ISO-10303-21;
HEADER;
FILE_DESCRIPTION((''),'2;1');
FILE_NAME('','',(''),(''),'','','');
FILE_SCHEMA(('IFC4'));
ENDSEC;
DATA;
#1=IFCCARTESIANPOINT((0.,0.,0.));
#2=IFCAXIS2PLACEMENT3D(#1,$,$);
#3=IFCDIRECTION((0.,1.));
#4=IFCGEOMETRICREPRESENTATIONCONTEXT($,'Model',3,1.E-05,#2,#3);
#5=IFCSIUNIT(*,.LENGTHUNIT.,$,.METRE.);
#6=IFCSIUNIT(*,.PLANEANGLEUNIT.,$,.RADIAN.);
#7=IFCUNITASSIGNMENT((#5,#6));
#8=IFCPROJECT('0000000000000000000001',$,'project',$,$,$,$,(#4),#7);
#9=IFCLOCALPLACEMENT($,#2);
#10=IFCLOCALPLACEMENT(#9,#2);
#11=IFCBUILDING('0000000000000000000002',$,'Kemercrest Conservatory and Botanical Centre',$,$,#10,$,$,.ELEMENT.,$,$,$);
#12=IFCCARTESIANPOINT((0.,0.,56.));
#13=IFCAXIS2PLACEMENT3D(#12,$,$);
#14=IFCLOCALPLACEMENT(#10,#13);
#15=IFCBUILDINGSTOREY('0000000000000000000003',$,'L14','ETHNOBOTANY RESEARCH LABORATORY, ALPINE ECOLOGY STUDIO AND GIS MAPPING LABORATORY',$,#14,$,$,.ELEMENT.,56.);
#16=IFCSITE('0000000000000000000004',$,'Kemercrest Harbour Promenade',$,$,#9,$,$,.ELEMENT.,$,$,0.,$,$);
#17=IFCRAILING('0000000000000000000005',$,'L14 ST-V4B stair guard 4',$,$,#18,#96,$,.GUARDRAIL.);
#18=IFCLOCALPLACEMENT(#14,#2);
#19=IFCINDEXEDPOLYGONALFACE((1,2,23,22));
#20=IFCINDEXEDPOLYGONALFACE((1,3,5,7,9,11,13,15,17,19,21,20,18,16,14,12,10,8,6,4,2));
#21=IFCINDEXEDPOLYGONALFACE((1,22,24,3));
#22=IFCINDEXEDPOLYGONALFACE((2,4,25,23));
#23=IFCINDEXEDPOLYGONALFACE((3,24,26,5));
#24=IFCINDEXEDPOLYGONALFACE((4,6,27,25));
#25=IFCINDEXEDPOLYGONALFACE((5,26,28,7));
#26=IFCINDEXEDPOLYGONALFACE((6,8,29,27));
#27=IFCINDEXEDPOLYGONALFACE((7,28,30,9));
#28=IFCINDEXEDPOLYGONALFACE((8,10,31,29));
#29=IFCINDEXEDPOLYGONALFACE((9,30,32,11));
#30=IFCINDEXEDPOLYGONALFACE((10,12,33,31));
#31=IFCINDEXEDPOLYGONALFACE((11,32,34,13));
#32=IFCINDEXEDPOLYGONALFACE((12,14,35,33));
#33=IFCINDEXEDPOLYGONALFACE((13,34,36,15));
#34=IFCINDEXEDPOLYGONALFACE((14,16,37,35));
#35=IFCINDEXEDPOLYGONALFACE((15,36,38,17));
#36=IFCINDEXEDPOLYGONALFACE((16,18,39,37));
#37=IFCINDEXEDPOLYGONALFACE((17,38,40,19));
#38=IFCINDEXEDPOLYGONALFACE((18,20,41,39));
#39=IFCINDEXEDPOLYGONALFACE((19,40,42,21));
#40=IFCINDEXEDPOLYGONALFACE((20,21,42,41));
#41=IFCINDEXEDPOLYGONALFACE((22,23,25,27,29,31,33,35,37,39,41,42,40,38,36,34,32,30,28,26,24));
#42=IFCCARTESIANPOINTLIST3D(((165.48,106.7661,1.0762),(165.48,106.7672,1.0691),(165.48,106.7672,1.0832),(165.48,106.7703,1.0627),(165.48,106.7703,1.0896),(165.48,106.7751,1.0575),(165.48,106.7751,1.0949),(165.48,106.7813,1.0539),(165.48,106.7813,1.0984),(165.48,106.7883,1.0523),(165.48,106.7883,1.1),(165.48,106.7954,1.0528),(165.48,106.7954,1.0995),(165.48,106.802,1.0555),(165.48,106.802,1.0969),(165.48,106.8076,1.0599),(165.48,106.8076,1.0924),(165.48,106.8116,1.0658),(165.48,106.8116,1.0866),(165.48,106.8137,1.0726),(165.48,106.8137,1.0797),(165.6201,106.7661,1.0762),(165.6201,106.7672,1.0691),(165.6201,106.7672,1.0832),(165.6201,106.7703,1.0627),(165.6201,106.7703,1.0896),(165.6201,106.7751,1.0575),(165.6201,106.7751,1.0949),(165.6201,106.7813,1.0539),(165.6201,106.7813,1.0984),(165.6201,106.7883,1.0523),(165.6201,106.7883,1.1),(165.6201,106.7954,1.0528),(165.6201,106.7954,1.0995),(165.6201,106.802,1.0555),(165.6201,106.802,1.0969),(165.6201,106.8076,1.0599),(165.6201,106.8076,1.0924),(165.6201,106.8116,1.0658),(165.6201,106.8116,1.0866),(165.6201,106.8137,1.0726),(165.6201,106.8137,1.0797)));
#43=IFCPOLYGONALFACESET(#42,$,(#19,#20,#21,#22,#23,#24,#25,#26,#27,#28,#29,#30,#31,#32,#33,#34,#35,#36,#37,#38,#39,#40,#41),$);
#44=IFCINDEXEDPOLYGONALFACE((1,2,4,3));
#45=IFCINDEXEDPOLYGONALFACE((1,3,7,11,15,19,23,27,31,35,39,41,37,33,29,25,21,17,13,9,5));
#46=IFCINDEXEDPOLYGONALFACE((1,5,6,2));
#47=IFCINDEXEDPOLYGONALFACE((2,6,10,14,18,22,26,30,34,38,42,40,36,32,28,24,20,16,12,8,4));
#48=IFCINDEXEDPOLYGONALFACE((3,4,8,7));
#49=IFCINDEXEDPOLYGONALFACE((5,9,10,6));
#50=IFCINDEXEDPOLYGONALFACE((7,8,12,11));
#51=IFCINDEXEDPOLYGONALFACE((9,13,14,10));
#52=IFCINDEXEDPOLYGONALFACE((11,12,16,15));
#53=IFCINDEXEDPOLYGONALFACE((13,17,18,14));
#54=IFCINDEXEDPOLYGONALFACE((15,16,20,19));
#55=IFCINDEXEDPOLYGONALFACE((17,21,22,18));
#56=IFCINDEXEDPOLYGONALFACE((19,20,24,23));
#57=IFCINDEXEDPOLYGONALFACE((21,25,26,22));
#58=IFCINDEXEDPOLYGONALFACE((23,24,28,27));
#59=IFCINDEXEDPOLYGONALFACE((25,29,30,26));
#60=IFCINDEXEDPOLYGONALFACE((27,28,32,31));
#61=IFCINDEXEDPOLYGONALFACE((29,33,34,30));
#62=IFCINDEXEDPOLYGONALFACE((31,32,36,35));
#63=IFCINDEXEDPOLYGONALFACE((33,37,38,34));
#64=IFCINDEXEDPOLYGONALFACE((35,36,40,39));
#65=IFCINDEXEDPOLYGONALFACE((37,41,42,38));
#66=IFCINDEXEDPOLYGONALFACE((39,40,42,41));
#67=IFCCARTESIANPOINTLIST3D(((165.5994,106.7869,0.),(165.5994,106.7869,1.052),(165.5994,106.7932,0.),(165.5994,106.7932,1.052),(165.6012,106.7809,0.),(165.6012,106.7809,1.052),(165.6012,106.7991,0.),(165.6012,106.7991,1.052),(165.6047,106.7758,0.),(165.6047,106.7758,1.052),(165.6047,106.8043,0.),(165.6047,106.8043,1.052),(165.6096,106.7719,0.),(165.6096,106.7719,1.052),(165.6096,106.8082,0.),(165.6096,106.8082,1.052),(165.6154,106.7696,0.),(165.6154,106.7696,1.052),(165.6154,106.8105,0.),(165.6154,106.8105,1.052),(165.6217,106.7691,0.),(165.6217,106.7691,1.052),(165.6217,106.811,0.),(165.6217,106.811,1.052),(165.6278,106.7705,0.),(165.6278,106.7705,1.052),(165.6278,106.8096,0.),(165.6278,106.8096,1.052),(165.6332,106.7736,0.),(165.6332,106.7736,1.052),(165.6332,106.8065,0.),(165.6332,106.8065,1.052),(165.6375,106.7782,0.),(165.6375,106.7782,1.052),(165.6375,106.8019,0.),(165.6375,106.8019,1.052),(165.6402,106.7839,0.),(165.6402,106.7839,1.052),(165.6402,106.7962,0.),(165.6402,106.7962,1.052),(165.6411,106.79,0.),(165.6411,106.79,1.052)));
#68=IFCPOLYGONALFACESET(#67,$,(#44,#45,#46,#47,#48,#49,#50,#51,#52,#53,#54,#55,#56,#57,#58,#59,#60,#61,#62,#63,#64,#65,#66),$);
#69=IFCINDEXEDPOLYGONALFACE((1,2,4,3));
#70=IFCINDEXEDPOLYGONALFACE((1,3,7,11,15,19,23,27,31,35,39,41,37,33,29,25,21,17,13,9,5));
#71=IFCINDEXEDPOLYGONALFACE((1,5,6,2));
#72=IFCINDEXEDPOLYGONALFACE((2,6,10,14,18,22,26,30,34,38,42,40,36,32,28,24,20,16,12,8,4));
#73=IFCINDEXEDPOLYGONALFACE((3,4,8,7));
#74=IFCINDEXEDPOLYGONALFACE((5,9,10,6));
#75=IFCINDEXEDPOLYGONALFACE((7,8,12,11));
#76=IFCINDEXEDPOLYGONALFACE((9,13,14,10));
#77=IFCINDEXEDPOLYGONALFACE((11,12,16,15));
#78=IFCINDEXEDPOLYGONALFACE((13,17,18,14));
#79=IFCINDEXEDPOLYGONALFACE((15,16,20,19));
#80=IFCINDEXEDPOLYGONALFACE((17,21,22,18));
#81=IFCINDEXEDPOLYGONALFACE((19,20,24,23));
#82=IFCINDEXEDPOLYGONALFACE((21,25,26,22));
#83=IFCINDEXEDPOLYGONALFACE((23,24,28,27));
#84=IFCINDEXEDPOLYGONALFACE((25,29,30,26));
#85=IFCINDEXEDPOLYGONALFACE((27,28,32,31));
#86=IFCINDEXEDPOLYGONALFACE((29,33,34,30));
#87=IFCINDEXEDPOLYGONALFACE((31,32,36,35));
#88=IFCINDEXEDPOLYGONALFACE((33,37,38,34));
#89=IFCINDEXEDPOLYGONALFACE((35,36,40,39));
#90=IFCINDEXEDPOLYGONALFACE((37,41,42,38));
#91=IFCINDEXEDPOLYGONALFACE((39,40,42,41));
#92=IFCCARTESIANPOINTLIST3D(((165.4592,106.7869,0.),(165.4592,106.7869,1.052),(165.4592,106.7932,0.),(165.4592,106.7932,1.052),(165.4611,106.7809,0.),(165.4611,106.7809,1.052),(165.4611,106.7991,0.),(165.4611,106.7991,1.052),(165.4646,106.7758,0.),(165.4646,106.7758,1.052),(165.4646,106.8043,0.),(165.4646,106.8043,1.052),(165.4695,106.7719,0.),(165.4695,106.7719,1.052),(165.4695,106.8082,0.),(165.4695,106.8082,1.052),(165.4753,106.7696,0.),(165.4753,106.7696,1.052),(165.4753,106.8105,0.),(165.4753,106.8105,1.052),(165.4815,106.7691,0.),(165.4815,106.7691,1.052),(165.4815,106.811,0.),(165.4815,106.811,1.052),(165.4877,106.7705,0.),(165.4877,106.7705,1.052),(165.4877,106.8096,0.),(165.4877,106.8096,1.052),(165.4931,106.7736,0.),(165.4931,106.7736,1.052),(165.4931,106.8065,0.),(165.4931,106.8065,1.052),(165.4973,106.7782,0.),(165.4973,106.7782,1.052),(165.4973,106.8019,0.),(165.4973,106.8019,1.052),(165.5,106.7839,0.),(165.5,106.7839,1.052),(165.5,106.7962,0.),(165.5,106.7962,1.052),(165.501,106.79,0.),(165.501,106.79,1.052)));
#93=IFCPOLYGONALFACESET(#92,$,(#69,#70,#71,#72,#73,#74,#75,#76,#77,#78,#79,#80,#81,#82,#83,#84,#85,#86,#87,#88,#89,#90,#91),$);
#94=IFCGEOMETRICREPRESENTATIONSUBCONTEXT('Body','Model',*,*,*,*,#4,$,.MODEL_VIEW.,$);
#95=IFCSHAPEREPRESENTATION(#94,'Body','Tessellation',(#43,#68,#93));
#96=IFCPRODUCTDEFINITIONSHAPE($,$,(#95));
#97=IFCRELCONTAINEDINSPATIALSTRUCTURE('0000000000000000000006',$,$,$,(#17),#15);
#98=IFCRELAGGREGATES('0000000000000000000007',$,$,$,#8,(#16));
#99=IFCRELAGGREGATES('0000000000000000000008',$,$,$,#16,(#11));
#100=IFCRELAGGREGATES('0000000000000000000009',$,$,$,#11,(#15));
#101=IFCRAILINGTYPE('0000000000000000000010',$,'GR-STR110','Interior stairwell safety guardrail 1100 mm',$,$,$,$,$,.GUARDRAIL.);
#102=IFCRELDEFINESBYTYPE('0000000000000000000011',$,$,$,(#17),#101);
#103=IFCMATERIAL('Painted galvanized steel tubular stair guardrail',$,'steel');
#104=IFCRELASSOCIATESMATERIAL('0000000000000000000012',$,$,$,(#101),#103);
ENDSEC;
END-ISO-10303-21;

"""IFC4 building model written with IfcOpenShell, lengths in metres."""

from ifc_helpers import new_model, si_unit, direction, frame, origin, origin_2d, place, context, subcontext, project, spatial, circle, extrude, material, type_object, element, save


model = new_model("IFC4")

# Units and contexts
model_context = context("Model", 3, precision=1e-05, world=origin(), true_north=direction((0.0, 1.0)))
body_context = subcontext(model_context, "Body", "Model", "MODEL_VIEW")
ifc_project = project(units=[si_unit("LENGTHUNIT", "METRE"), si_unit("PLANEANGLEUNIT", "RADIAN")], contexts=[model_context])

# Site, building, storey
site_placement = place(None, origin())
site = spatial("IfcSite", under=ifc_project, at=site_placement, Name="Kemercrest Harbour Promenade", CompositionType="ELEMENT", RefElevation=0.0)
building_placement = place(site_placement, origin())
building = spatial("IfcBuilding", under=site, at=building_placement, Name="Kemercrest Conservatory and Botanical Centre", CompositionType="ELEMENT")
storey_placement = place(building_placement, frame((0.0, 0.0, 56.0)))
storey = spatial("IfcBuildingStorey", under=building, at=storey_placement, Name="L14", Description="ETHNOBOTANY RESEARCH LABORATORY, ALPINE ECOLOGY STUDIO AND GIS MAPPING LABORATORY", CompositionType="ELEMENT", Elevation=56.0)

# Railing
ifc_material_1 = material(Name="Painted galvanized steel tubular stair guardrail", Category="steel")
railing_type_1 = type_object("IfcRailingType", Name="GR-STR110", Description="Interior stairwell safety guardrail 1100 mm", PredefinedType="GUARDRAIL", material=ifc_material_1)
railing_1_placement = place(storey_placement, frame((165.6201, 106.79, 0.0)))
element("IfcRailing", 1, at=railing_1_placement, inside=storey, type_object=railing_type_1, Name="L14 ST-V4B stair guard 4", PredefinedType="GUARDRAIL", context=body_context, shape_type="SweptSolid", body=[
    extrude(circle(Radius=0.0239, at=origin_2d()), frame((0.0, 0.0, 1.0762), z_axis=(-1.0, 0.0, 0.0), x_axis=(0.0, -1.0, 0.0)), (0.0, 0.0, 1.0), 0.1401),
    extrude(circle(Radius=0.021, at=origin_2d()), origin(), (0.0, 0.0, 1.0), 1.052),
    extrude(circle(Radius=0.021, at=origin_2d()), frame((-0.1401, 0.0, 0.0)), (0.0, 0.0, 1.0), 1.052),
])

save(model, "model.ifc")
